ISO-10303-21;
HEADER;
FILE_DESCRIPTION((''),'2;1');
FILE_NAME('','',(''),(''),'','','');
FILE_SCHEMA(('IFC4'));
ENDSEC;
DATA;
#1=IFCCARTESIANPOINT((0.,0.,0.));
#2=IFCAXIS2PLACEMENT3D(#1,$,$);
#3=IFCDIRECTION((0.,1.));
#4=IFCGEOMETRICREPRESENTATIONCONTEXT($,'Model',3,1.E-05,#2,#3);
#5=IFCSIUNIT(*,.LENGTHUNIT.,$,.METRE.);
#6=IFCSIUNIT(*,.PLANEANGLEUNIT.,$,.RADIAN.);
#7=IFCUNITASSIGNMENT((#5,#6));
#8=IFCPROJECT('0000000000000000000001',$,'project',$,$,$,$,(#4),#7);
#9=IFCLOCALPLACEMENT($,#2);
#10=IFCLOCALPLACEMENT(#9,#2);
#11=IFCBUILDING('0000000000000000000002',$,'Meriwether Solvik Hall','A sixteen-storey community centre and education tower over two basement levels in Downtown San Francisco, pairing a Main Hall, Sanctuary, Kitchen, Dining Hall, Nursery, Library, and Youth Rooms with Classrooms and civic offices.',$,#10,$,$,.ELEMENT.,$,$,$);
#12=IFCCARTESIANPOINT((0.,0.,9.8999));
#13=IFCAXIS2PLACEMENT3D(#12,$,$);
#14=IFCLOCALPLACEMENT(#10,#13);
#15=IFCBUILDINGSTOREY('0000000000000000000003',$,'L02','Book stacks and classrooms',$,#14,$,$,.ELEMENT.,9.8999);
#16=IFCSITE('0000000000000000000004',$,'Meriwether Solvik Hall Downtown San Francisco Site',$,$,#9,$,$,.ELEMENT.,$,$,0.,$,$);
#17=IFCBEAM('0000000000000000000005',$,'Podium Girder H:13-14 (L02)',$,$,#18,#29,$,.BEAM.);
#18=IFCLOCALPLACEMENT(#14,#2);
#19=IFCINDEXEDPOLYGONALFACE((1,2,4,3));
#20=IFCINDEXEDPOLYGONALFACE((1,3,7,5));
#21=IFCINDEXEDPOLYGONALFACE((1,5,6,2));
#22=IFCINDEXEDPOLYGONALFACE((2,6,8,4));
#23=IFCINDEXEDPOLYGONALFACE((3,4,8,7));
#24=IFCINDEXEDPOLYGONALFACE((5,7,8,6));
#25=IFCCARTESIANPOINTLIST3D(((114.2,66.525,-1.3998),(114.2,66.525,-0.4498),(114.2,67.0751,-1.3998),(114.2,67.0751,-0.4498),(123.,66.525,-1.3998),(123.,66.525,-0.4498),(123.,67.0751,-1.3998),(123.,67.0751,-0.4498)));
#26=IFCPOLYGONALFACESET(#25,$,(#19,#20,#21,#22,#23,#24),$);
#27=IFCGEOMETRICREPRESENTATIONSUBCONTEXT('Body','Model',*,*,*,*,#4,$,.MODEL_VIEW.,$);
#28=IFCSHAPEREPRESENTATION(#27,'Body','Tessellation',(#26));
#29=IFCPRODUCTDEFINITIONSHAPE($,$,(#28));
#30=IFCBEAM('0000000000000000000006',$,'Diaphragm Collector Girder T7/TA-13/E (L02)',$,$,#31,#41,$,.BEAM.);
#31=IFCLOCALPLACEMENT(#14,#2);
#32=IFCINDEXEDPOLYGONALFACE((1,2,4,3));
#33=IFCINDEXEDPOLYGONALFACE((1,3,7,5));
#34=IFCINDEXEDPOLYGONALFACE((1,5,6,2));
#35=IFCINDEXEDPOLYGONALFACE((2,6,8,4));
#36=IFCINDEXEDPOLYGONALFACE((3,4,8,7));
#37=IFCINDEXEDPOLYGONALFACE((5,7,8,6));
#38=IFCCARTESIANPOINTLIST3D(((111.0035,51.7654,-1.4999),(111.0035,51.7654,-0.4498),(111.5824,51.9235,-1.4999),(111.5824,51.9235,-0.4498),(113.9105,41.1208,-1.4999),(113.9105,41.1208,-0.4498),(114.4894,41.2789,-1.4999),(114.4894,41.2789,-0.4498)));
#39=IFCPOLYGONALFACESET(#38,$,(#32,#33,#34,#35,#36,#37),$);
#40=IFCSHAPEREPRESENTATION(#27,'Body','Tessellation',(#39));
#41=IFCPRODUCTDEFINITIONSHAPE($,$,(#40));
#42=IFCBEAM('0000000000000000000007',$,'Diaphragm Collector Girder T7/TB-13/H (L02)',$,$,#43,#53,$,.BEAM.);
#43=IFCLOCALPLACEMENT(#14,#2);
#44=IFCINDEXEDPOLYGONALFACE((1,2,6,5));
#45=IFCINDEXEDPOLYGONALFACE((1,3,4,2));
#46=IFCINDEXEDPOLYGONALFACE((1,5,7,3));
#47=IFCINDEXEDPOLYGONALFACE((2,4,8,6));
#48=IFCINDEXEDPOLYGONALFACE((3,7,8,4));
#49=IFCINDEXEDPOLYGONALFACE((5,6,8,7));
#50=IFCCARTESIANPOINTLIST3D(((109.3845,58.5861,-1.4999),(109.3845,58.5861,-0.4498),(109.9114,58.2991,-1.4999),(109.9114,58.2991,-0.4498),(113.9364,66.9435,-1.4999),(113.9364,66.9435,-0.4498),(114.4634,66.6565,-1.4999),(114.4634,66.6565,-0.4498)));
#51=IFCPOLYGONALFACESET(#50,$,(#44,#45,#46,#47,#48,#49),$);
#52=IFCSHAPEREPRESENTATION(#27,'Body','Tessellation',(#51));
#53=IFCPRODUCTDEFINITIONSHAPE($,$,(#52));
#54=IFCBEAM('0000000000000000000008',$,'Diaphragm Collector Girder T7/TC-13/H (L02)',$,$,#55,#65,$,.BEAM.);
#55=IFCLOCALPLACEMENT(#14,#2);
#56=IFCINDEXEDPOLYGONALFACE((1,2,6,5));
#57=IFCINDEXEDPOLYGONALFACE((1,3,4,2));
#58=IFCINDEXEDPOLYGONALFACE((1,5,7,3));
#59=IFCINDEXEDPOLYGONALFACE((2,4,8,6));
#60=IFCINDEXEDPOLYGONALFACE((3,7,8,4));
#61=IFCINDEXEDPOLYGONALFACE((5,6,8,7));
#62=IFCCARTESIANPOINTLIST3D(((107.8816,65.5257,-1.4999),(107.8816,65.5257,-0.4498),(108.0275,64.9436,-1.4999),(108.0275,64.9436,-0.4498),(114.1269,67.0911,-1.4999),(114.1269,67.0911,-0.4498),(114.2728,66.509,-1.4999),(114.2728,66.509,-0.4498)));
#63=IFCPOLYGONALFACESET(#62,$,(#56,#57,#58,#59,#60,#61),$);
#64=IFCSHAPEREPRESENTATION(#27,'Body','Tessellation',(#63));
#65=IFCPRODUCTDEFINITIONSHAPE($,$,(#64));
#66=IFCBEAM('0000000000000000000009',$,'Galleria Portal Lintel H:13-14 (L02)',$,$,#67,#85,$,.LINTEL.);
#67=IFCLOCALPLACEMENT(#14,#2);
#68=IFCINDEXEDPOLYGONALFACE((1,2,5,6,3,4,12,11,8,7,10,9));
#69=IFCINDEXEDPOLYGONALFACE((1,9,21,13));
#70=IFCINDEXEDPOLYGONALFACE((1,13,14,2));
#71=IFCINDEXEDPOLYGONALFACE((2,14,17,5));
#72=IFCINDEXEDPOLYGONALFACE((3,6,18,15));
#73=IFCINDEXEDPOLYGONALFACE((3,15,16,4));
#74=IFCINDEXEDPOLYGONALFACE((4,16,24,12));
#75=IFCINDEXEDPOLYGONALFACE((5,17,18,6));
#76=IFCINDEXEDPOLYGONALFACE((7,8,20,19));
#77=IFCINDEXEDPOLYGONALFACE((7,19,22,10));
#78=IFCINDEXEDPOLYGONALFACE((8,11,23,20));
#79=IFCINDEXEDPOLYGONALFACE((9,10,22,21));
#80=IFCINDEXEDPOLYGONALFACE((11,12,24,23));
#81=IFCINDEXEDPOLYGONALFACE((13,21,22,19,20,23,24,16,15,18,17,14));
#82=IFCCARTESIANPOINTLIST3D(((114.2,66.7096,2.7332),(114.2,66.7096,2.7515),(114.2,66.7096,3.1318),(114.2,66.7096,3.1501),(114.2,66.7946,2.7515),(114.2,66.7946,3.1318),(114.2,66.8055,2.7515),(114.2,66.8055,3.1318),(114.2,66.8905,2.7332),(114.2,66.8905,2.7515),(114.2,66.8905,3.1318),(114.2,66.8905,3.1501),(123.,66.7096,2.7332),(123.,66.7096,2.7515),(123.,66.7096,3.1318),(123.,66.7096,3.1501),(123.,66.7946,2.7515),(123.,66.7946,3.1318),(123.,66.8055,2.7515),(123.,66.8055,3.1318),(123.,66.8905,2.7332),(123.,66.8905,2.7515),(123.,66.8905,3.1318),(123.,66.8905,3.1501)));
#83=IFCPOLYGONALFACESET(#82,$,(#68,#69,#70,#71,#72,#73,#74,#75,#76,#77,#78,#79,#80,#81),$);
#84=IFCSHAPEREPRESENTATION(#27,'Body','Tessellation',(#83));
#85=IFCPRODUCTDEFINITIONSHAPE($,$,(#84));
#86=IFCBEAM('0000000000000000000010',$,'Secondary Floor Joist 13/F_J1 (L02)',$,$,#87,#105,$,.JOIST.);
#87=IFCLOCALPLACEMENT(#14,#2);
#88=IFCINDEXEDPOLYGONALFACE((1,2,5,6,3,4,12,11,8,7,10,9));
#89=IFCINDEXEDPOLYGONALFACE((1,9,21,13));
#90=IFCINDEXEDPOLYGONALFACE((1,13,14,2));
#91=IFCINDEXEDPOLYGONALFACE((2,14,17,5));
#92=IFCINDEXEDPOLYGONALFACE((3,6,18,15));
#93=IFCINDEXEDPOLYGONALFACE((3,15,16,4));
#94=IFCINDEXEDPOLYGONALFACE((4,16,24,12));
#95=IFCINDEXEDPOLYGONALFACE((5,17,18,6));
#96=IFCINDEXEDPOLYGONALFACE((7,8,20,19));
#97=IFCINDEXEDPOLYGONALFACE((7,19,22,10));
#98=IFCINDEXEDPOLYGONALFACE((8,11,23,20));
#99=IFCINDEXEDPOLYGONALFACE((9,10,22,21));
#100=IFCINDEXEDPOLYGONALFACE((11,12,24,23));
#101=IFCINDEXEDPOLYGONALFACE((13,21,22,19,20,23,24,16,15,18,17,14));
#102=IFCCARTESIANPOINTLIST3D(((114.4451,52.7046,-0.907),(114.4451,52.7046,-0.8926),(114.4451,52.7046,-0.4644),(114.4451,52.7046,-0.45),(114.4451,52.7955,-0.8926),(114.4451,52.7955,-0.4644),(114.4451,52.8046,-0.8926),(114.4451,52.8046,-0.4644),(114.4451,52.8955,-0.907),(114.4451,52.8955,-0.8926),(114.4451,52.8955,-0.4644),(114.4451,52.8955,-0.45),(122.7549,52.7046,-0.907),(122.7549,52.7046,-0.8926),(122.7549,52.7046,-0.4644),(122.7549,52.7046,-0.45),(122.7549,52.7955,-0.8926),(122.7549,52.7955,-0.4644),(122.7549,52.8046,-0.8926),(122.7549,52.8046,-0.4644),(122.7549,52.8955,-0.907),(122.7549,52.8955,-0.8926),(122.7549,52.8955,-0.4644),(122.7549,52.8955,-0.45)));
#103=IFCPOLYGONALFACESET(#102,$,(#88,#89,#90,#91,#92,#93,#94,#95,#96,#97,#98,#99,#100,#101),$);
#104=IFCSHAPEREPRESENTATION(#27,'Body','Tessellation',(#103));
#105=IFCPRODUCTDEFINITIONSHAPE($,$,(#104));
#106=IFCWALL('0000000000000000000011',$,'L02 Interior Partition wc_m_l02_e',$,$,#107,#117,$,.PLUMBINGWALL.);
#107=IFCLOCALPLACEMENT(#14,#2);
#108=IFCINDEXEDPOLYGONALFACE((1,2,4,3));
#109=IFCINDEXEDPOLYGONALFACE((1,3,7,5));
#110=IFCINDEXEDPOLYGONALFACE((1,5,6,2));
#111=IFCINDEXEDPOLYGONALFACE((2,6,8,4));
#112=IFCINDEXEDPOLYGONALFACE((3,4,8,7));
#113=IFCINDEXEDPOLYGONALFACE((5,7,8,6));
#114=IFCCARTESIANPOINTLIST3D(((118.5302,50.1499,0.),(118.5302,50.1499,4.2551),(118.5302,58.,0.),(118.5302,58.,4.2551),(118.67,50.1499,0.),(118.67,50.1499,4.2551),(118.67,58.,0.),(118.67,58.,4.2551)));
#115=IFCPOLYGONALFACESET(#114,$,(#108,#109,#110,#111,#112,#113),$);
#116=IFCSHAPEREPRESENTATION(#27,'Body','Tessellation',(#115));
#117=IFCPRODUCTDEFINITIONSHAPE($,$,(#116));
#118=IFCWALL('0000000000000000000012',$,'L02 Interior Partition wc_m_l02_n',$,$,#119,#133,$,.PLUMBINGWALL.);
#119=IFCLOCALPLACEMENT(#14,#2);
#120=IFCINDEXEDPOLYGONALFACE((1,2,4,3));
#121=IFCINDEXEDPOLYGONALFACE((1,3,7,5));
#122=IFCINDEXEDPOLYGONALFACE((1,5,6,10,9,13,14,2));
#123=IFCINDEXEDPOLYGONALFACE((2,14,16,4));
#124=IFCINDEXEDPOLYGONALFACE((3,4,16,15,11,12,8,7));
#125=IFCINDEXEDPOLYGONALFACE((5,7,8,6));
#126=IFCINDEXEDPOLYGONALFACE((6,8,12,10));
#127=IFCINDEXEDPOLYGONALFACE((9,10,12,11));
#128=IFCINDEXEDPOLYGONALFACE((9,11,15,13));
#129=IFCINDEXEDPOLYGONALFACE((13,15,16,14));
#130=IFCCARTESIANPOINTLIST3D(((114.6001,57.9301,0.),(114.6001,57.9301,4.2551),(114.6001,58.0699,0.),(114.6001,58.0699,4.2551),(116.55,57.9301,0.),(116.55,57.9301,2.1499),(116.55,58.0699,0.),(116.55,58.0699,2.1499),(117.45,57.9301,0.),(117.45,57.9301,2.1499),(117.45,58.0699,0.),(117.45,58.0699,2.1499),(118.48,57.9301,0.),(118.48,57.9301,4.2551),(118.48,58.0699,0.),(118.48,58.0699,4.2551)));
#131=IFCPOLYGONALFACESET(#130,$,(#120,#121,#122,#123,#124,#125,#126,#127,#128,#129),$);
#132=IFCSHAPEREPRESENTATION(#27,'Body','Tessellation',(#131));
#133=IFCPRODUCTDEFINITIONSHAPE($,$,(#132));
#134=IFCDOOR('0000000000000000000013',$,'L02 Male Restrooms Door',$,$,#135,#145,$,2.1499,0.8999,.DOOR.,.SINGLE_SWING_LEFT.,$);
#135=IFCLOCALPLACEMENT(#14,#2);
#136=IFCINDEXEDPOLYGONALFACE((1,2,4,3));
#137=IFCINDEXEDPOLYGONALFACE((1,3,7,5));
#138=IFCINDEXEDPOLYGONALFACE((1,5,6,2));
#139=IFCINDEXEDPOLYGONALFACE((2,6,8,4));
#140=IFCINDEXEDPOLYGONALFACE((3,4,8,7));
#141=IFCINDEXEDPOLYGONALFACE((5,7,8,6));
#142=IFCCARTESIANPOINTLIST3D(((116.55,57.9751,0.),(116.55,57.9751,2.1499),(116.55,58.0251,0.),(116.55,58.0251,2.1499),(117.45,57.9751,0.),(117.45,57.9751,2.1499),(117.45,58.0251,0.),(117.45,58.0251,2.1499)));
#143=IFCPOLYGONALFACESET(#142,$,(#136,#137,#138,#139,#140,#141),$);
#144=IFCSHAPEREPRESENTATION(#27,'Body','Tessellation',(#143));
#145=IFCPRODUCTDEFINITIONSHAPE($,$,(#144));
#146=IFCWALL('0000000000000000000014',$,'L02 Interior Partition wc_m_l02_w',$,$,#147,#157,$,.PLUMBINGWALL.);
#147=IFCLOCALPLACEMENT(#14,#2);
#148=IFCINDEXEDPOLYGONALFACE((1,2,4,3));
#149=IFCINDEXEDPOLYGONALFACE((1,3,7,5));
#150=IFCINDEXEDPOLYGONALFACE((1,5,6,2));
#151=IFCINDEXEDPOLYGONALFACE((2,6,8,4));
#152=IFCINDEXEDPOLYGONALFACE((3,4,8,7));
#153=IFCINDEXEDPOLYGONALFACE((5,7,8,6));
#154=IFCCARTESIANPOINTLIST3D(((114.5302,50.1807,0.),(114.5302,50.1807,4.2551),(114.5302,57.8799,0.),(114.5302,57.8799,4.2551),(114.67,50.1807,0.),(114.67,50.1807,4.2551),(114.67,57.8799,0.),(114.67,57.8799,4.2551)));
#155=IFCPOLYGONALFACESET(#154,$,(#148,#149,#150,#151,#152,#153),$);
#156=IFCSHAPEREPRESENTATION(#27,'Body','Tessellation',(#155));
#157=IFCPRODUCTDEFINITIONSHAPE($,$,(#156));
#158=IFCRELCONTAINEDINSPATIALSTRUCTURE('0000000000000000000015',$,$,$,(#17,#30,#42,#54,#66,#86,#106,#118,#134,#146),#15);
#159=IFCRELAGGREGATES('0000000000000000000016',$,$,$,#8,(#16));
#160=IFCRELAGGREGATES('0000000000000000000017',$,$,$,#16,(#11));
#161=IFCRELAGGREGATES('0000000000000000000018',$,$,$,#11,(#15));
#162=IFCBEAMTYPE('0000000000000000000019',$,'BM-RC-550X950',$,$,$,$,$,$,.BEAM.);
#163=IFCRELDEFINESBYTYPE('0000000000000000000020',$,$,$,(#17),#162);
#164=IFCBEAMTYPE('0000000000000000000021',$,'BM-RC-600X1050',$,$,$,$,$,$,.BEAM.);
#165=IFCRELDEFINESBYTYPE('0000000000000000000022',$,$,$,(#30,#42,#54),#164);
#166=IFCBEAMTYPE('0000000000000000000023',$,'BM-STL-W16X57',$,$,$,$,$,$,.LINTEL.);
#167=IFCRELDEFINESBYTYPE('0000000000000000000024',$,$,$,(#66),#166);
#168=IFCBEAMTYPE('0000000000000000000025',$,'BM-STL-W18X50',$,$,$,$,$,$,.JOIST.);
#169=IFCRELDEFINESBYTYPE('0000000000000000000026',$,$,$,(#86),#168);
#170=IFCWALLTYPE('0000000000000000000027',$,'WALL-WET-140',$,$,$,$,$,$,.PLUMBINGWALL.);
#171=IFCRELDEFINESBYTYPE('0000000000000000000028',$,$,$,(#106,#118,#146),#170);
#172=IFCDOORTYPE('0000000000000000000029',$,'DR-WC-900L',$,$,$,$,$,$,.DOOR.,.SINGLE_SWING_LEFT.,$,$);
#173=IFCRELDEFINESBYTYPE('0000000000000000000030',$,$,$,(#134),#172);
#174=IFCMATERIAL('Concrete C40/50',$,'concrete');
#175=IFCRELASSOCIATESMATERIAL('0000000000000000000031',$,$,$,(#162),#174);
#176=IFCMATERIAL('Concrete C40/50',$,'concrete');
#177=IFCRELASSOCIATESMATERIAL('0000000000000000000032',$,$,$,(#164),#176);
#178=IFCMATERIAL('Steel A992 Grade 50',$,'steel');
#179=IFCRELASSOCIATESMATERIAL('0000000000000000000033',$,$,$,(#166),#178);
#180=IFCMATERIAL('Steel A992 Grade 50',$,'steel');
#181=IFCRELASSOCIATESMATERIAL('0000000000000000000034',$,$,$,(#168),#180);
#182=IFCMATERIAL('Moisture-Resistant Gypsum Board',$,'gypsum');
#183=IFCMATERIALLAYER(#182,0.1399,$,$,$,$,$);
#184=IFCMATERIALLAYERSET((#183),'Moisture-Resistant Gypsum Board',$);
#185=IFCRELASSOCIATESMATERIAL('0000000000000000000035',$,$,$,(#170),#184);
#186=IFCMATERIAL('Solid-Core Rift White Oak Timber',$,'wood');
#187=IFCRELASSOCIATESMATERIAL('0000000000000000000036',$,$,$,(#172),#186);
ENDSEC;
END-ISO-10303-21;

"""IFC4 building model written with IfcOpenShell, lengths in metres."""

from ifc_helpers import new_model, si_unit, direction, frame, frame_2d, origin, origin_2d, place, context, subcontext, project, spatial, rectangle, i_section, extrude, material, layer, layer_set, material_profile, profile_set, type_object, element, fill, save


model = new_model("IFC4")

# Units and contexts
model_context = context("Model", 3, precision=1e-05, world=origin(), true_north=direction((0.0, 1.0)))
body_context = subcontext(model_context, "Body", "Model", "MODEL_VIEW")
ifc_project = project(units=[si_unit("LENGTHUNIT", "METRE"), si_unit("PLANEANGLEUNIT", "RADIAN")], contexts=[model_context])

# Site, building, storey
site_placement = place(None, origin())
site = spatial("IfcSite", under=ifc_project, at=site_placement, Name="Meriwether Solvik Hall Downtown San Francisco Site", CompositionType="ELEMENT", RefElevation=0.0)
building_placement = place(site_placement, origin())
building = spatial("IfcBuilding", under=site, at=building_placement, Name="Meriwether Solvik Hall", Description="A sixteen-storey community centre and education tower over two basement levels in Downtown San Francisco, pairing a Main Hall, Sanctuary, Kitchen, Dining Hall, Nursery, Library, and Youth Rooms with Classrooms and civic offices.", CompositionType="ELEMENT")
storey_placement = place(building_placement, frame((0.0, 0.0, 9.8999)))
storey = spatial("IfcBuildingStorey", under=building, at=storey_placement, Name="L02", Description="Book stacks and classrooms", CompositionType="ELEMENT", Elevation=9.8999)

# Beams
ifc_material_1 = material(Name="Concrete C40/50", Category="concrete")
ifc_material_profile_1 = material_profile(ifc_material_1, rectangle(XDim=0.55, YDim=0.95, at=origin_2d()), Name="RCB-550X950")
ifc_profile_set_1 = profile_set([ifc_material_profile_1], Name="Concrete C40/50")
beam_type_1 = type_object("IfcBeamType", Name="BM-RC-550X950", PredefinedType="BEAM", material=ifc_profile_set_1)
for number, where, z_axis, x_axis, name in (
    (1, (114.2, 66.8, -0.9248), (1.0, 0.0, 0.0), (0.0, 1.0, 0.0), "Podium Girder H:13-14 (L02)"),
):
    element("IfcBeam", number, at=place(storey_placement, frame(where, z_axis=z_axis, x_axis=x_axis)), inside=storey, type_object=beam_type_1, Name=name, PredefinedType="BEAM", context=body_context, shape_type="SweptSolid", body=[
        extrude(rectangle(XDim=0.55, YDim=0.95, at=origin_2d()), origin(), (0.0, 0.0, 1.0), 8.8),
    ])
ifc_material_2 = material(Name="Concrete C40/50", Category="concrete")
ifc_material_profile_2 = material_profile(ifc_material_2, rectangle(XDim=0.6001, YDim=1.05, at=origin_2d()), Name="RCB-600X1050")
ifc_profile_set_2 = profile_set([ifc_material_profile_2], Name="Concrete C40/50")
beam_type_2 = type_object("IfcBeamType", Name="BM-RC-600X1050", PredefinedType="BEAM", material=ifc_profile_set_2)
beam_1_placement = place(storey_placement, frame((111.293, 51.8445, -0.9749), z_axis=(0.263449, -0.964673, 0.0), x_axis=(0.964673, 0.263449, 0.0)))
element("IfcBeam", 2, at=beam_1_placement, inside=storey, type_object=beam_type_2, Name="Diaphragm Collector Girder T7/TA-13/E (L02)", PredefinedType="BEAM", context=body_context, shape_type="SweptSolid", body=[
    extrude(rectangle(XDim=0.6001, YDim=1.05, at=origin_2d()), origin(), (0.0, 0.0, 1.0), 11.0344),
])
beam_2_placement = place(storey_placement, frame((109.6479, 58.4426, -0.9749), z_axis=(0.478318, 0.878187, 0.0), x_axis=(-0.878187, 0.478318, 0.0)))
element("IfcBeam", 3, at=beam_2_placement, inside=storey, type_object=beam_type_2, Name="Diaphragm Collector Girder T7/TB-13/H (L02)", PredefinedType="BEAM", context=body_context, shape_type="SweptSolid", body=[
    extrude(rectangle(XDim=0.6001, YDim=1.05, at=origin_2d()), origin(), (0.0, 0.0, 1.0), 9.5166),
])
beam_3_placement = place(storey_placement, frame((107.9546, 65.2346, -0.9749), z_axis=(0.969993, 0.243133, 0.0), x_axis=(-0.243133, 0.969993, 0.0)))
element("IfcBeam", 4, at=beam_3_placement, inside=storey, type_object=beam_type_2, Name="Diaphragm Collector Girder T7/TC-13/H (L02)", PredefinedType="BEAM", context=body_context, shape_type="SweptSolid", body=[
    extrude(rectangle(XDim=0.6001, YDim=1.05, at=origin_2d()), origin(), (0.0, 0.0, 1.0), 6.4385),
])
ifc_material_3 = material(Name="Steel A992 Grade 50", Category="steel")
ifc_material_profile_3 = material_profile(ifc_material_3, i_section(OverallWidth=0.1809, OverallDepth=0.417, WebThickness=0.011, FlangeThickness=0.0183, at=origin_2d()), Name="W16X57")
ifc_profile_set_3 = profile_set([ifc_material_profile_3], Name="Steel A992 Grade 50")
beam_type_3 = type_object("IfcBeamType", Name="BM-STL-W16X57", PredefinedType="LINTEL", material=ifc_profile_set_3)
beam_4_placement = place(storey_placement, frame((114.2, 66.8, 2.9417), z_axis=(1.0, 0.0, 0.0), x_axis=(0.0, 1.0, 0.0)))
element("IfcBeam", 5, at=beam_4_placement, inside=storey, type_object=beam_type_3, Name="Galleria Portal Lintel H:13-14 (L02)", PredefinedType="LINTEL", context=body_context, shape_type="SweptSolid", body=[
    extrude(i_section(OverallWidth=0.1809, OverallDepth=0.417, WebThickness=0.011, FlangeThickness=0.0183, at=origin_2d()), origin(), (0.0, 0.0, 1.0), 8.8),
])
ifc_material_4 = material(Name="Steel A992 Grade 50", Category="steel")
ifc_material_profile_4 = material_profile(ifc_material_4, i_section(OverallWidth=0.1909, OverallDepth=0.457, WebThickness=0.009, FlangeThickness=0.0144, at=origin_2d()), Name="W18X50")
ifc_profile_set_4 = profile_set([ifc_material_profile_4], Name="Steel A992 Grade 50")
beam_type_4 = type_object("IfcBeamType", Name="BM-STL-W18X50", PredefinedType="JOIST", material=ifc_profile_set_4)
beam_5_placement = place(storey_placement, frame((114.4451, 52.8, -0.6785), z_axis=(1.0, 0.0, 0.0), x_axis=(0.0, 1.0, 0.0)))
element("IfcBeam", 6, at=beam_5_placement, inside=storey, type_object=beam_type_4, Name="Secondary Floor Joist 13/F_J1 (L02)", PredefinedType="JOIST", context=body_context, shape_type="SweptSolid", body=[
    extrude(i_section(OverallWidth=0.1909, OverallDepth=0.457, WebThickness=0.009, FlangeThickness=0.0144, at=origin_2d()), origin(), (0.0, 0.0, 1.0), 8.3098),
])

# Wall
ifc_material_5 = material(Name="Moisture-Resistant Gypsum Board", Category="gypsum")
ifc_layer = layer(ifc_material_5, 0.1399)
ifc_layer_set = layer_set([ifc_layer], Name="Moisture-Resistant Gypsum Board")
wall_type = type_object("IfcWallType", Name="WALL-WET-140", PredefinedType="PLUMBINGWALL", material=ifc_layer_set)
wall_1_placement = place(storey_placement, frame((118.6001, 50.1499, 0.0), z_axis=(0.0, 0.0, 1.0), x_axis=(0.0, 1.0, 0.0)))
element("IfcWall", 7, at=wall_1_placement, inside=storey, type_object=wall_type, Name="L02 Interior Partition wc_m_l02_e", PredefinedType="PLUMBINGWALL", context=body_context, shape_type="SweptSolid", body=[
    extrude(rectangle(XDim=7.8501, YDim=0.1399, at=frame_2d((3.925, 0.0))), origin(), (0.0, 0.0, 1.0), 4.2551),
])

# Wall, opening, door
wall_2_placement = place(storey_placement, frame((118.48, 58.0, 0.0), z_axis=(0.0, 0.0, 1.0), x_axis=(-1.0, 0.0, 0.0)))
wall_2 = element("IfcWall", 8, at=wall_2_placement, inside=storey, type_object=wall_type, Name="L02 Interior Partition wc_m_l02_n", PredefinedType="PLUMBINGWALL", context=body_context, shape_type="SweptSolid", body=[
    extrude(rectangle(XDim=3.8799, YDim=0.1399, at=frame_2d((1.9399, 0.0))), origin(), (0.0, 0.0, 1.0), 4.2551),
])
opening_placement = place(wall_2_placement, frame((1.03, 0.0, 0.0)))
opening = element("IfcOpeningElement", 9, at=opening_placement, cuts=wall_2, PredefinedType="OPENING", context=body_context, shape_type="SweptSolid", body=[
    extrude(rectangle(XDim=0.8999, YDim=2.1499, at=frame_2d((0.45, 1.075))), frame((0.0, 0.082, 0.0), z_axis=(0.0, -1.0, 0.0), x_axis=(1.0, 0.0, 0.0)), (0.0, 0.0, 1.0), 0.1638),
])
ifc_material_6 = material(Name="Solid-Core Rift White Oak Timber", Category="wood")
door_type = type_object("IfcDoorType", Name="DR-WC-900L", OperationType="SINGLE_SWING_LEFT", PredefinedType="DOOR", material=ifc_material_6)
door_placement = place(opening_placement, origin())
door = element("IfcDoor", 10, at=door_placement, inside=storey, type_object=door_type, Name="L02 Male Restrooms Door", OperationType="SINGLE_SWING_LEFT", OverallHeight=2.1499, OverallWidth=0.8999, PredefinedType="DOOR", context=body_context, shape_type="SweptSolid", body=[
    extrude(rectangle(XDim=0.8999, YDim=2.1499, at=frame_2d((0.45, 1.075))), frame((0.0, 0.0249, 0.0), z_axis=(0.0, -1.0, 0.0), x_axis=(1.0, 0.0, 0.0)), (0.0, 0.0, 1.0), 0.05),
])
fill(opening, door)

# Wall
wall_3_placement = place(storey_placement, frame((114.6001, 57.8799, 0.0), z_axis=(0.0, 0.0, 1.0), x_axis=(0.0, -1.0, 0.0)))
element("IfcWall", 11, at=wall_3_placement, inside=storey, type_object=wall_type, Name="L02 Interior Partition wc_m_l02_w", PredefinedType="PLUMBINGWALL", context=body_context, shape_type="SweptSolid", body=[
    extrude(rectangle(XDim=7.6992, YDim=0.1399, at=frame_2d((3.8496, 0.0))), origin(), (0.0, 0.0, 1.0), 4.2551),
])

save(model, "model.ifc")
